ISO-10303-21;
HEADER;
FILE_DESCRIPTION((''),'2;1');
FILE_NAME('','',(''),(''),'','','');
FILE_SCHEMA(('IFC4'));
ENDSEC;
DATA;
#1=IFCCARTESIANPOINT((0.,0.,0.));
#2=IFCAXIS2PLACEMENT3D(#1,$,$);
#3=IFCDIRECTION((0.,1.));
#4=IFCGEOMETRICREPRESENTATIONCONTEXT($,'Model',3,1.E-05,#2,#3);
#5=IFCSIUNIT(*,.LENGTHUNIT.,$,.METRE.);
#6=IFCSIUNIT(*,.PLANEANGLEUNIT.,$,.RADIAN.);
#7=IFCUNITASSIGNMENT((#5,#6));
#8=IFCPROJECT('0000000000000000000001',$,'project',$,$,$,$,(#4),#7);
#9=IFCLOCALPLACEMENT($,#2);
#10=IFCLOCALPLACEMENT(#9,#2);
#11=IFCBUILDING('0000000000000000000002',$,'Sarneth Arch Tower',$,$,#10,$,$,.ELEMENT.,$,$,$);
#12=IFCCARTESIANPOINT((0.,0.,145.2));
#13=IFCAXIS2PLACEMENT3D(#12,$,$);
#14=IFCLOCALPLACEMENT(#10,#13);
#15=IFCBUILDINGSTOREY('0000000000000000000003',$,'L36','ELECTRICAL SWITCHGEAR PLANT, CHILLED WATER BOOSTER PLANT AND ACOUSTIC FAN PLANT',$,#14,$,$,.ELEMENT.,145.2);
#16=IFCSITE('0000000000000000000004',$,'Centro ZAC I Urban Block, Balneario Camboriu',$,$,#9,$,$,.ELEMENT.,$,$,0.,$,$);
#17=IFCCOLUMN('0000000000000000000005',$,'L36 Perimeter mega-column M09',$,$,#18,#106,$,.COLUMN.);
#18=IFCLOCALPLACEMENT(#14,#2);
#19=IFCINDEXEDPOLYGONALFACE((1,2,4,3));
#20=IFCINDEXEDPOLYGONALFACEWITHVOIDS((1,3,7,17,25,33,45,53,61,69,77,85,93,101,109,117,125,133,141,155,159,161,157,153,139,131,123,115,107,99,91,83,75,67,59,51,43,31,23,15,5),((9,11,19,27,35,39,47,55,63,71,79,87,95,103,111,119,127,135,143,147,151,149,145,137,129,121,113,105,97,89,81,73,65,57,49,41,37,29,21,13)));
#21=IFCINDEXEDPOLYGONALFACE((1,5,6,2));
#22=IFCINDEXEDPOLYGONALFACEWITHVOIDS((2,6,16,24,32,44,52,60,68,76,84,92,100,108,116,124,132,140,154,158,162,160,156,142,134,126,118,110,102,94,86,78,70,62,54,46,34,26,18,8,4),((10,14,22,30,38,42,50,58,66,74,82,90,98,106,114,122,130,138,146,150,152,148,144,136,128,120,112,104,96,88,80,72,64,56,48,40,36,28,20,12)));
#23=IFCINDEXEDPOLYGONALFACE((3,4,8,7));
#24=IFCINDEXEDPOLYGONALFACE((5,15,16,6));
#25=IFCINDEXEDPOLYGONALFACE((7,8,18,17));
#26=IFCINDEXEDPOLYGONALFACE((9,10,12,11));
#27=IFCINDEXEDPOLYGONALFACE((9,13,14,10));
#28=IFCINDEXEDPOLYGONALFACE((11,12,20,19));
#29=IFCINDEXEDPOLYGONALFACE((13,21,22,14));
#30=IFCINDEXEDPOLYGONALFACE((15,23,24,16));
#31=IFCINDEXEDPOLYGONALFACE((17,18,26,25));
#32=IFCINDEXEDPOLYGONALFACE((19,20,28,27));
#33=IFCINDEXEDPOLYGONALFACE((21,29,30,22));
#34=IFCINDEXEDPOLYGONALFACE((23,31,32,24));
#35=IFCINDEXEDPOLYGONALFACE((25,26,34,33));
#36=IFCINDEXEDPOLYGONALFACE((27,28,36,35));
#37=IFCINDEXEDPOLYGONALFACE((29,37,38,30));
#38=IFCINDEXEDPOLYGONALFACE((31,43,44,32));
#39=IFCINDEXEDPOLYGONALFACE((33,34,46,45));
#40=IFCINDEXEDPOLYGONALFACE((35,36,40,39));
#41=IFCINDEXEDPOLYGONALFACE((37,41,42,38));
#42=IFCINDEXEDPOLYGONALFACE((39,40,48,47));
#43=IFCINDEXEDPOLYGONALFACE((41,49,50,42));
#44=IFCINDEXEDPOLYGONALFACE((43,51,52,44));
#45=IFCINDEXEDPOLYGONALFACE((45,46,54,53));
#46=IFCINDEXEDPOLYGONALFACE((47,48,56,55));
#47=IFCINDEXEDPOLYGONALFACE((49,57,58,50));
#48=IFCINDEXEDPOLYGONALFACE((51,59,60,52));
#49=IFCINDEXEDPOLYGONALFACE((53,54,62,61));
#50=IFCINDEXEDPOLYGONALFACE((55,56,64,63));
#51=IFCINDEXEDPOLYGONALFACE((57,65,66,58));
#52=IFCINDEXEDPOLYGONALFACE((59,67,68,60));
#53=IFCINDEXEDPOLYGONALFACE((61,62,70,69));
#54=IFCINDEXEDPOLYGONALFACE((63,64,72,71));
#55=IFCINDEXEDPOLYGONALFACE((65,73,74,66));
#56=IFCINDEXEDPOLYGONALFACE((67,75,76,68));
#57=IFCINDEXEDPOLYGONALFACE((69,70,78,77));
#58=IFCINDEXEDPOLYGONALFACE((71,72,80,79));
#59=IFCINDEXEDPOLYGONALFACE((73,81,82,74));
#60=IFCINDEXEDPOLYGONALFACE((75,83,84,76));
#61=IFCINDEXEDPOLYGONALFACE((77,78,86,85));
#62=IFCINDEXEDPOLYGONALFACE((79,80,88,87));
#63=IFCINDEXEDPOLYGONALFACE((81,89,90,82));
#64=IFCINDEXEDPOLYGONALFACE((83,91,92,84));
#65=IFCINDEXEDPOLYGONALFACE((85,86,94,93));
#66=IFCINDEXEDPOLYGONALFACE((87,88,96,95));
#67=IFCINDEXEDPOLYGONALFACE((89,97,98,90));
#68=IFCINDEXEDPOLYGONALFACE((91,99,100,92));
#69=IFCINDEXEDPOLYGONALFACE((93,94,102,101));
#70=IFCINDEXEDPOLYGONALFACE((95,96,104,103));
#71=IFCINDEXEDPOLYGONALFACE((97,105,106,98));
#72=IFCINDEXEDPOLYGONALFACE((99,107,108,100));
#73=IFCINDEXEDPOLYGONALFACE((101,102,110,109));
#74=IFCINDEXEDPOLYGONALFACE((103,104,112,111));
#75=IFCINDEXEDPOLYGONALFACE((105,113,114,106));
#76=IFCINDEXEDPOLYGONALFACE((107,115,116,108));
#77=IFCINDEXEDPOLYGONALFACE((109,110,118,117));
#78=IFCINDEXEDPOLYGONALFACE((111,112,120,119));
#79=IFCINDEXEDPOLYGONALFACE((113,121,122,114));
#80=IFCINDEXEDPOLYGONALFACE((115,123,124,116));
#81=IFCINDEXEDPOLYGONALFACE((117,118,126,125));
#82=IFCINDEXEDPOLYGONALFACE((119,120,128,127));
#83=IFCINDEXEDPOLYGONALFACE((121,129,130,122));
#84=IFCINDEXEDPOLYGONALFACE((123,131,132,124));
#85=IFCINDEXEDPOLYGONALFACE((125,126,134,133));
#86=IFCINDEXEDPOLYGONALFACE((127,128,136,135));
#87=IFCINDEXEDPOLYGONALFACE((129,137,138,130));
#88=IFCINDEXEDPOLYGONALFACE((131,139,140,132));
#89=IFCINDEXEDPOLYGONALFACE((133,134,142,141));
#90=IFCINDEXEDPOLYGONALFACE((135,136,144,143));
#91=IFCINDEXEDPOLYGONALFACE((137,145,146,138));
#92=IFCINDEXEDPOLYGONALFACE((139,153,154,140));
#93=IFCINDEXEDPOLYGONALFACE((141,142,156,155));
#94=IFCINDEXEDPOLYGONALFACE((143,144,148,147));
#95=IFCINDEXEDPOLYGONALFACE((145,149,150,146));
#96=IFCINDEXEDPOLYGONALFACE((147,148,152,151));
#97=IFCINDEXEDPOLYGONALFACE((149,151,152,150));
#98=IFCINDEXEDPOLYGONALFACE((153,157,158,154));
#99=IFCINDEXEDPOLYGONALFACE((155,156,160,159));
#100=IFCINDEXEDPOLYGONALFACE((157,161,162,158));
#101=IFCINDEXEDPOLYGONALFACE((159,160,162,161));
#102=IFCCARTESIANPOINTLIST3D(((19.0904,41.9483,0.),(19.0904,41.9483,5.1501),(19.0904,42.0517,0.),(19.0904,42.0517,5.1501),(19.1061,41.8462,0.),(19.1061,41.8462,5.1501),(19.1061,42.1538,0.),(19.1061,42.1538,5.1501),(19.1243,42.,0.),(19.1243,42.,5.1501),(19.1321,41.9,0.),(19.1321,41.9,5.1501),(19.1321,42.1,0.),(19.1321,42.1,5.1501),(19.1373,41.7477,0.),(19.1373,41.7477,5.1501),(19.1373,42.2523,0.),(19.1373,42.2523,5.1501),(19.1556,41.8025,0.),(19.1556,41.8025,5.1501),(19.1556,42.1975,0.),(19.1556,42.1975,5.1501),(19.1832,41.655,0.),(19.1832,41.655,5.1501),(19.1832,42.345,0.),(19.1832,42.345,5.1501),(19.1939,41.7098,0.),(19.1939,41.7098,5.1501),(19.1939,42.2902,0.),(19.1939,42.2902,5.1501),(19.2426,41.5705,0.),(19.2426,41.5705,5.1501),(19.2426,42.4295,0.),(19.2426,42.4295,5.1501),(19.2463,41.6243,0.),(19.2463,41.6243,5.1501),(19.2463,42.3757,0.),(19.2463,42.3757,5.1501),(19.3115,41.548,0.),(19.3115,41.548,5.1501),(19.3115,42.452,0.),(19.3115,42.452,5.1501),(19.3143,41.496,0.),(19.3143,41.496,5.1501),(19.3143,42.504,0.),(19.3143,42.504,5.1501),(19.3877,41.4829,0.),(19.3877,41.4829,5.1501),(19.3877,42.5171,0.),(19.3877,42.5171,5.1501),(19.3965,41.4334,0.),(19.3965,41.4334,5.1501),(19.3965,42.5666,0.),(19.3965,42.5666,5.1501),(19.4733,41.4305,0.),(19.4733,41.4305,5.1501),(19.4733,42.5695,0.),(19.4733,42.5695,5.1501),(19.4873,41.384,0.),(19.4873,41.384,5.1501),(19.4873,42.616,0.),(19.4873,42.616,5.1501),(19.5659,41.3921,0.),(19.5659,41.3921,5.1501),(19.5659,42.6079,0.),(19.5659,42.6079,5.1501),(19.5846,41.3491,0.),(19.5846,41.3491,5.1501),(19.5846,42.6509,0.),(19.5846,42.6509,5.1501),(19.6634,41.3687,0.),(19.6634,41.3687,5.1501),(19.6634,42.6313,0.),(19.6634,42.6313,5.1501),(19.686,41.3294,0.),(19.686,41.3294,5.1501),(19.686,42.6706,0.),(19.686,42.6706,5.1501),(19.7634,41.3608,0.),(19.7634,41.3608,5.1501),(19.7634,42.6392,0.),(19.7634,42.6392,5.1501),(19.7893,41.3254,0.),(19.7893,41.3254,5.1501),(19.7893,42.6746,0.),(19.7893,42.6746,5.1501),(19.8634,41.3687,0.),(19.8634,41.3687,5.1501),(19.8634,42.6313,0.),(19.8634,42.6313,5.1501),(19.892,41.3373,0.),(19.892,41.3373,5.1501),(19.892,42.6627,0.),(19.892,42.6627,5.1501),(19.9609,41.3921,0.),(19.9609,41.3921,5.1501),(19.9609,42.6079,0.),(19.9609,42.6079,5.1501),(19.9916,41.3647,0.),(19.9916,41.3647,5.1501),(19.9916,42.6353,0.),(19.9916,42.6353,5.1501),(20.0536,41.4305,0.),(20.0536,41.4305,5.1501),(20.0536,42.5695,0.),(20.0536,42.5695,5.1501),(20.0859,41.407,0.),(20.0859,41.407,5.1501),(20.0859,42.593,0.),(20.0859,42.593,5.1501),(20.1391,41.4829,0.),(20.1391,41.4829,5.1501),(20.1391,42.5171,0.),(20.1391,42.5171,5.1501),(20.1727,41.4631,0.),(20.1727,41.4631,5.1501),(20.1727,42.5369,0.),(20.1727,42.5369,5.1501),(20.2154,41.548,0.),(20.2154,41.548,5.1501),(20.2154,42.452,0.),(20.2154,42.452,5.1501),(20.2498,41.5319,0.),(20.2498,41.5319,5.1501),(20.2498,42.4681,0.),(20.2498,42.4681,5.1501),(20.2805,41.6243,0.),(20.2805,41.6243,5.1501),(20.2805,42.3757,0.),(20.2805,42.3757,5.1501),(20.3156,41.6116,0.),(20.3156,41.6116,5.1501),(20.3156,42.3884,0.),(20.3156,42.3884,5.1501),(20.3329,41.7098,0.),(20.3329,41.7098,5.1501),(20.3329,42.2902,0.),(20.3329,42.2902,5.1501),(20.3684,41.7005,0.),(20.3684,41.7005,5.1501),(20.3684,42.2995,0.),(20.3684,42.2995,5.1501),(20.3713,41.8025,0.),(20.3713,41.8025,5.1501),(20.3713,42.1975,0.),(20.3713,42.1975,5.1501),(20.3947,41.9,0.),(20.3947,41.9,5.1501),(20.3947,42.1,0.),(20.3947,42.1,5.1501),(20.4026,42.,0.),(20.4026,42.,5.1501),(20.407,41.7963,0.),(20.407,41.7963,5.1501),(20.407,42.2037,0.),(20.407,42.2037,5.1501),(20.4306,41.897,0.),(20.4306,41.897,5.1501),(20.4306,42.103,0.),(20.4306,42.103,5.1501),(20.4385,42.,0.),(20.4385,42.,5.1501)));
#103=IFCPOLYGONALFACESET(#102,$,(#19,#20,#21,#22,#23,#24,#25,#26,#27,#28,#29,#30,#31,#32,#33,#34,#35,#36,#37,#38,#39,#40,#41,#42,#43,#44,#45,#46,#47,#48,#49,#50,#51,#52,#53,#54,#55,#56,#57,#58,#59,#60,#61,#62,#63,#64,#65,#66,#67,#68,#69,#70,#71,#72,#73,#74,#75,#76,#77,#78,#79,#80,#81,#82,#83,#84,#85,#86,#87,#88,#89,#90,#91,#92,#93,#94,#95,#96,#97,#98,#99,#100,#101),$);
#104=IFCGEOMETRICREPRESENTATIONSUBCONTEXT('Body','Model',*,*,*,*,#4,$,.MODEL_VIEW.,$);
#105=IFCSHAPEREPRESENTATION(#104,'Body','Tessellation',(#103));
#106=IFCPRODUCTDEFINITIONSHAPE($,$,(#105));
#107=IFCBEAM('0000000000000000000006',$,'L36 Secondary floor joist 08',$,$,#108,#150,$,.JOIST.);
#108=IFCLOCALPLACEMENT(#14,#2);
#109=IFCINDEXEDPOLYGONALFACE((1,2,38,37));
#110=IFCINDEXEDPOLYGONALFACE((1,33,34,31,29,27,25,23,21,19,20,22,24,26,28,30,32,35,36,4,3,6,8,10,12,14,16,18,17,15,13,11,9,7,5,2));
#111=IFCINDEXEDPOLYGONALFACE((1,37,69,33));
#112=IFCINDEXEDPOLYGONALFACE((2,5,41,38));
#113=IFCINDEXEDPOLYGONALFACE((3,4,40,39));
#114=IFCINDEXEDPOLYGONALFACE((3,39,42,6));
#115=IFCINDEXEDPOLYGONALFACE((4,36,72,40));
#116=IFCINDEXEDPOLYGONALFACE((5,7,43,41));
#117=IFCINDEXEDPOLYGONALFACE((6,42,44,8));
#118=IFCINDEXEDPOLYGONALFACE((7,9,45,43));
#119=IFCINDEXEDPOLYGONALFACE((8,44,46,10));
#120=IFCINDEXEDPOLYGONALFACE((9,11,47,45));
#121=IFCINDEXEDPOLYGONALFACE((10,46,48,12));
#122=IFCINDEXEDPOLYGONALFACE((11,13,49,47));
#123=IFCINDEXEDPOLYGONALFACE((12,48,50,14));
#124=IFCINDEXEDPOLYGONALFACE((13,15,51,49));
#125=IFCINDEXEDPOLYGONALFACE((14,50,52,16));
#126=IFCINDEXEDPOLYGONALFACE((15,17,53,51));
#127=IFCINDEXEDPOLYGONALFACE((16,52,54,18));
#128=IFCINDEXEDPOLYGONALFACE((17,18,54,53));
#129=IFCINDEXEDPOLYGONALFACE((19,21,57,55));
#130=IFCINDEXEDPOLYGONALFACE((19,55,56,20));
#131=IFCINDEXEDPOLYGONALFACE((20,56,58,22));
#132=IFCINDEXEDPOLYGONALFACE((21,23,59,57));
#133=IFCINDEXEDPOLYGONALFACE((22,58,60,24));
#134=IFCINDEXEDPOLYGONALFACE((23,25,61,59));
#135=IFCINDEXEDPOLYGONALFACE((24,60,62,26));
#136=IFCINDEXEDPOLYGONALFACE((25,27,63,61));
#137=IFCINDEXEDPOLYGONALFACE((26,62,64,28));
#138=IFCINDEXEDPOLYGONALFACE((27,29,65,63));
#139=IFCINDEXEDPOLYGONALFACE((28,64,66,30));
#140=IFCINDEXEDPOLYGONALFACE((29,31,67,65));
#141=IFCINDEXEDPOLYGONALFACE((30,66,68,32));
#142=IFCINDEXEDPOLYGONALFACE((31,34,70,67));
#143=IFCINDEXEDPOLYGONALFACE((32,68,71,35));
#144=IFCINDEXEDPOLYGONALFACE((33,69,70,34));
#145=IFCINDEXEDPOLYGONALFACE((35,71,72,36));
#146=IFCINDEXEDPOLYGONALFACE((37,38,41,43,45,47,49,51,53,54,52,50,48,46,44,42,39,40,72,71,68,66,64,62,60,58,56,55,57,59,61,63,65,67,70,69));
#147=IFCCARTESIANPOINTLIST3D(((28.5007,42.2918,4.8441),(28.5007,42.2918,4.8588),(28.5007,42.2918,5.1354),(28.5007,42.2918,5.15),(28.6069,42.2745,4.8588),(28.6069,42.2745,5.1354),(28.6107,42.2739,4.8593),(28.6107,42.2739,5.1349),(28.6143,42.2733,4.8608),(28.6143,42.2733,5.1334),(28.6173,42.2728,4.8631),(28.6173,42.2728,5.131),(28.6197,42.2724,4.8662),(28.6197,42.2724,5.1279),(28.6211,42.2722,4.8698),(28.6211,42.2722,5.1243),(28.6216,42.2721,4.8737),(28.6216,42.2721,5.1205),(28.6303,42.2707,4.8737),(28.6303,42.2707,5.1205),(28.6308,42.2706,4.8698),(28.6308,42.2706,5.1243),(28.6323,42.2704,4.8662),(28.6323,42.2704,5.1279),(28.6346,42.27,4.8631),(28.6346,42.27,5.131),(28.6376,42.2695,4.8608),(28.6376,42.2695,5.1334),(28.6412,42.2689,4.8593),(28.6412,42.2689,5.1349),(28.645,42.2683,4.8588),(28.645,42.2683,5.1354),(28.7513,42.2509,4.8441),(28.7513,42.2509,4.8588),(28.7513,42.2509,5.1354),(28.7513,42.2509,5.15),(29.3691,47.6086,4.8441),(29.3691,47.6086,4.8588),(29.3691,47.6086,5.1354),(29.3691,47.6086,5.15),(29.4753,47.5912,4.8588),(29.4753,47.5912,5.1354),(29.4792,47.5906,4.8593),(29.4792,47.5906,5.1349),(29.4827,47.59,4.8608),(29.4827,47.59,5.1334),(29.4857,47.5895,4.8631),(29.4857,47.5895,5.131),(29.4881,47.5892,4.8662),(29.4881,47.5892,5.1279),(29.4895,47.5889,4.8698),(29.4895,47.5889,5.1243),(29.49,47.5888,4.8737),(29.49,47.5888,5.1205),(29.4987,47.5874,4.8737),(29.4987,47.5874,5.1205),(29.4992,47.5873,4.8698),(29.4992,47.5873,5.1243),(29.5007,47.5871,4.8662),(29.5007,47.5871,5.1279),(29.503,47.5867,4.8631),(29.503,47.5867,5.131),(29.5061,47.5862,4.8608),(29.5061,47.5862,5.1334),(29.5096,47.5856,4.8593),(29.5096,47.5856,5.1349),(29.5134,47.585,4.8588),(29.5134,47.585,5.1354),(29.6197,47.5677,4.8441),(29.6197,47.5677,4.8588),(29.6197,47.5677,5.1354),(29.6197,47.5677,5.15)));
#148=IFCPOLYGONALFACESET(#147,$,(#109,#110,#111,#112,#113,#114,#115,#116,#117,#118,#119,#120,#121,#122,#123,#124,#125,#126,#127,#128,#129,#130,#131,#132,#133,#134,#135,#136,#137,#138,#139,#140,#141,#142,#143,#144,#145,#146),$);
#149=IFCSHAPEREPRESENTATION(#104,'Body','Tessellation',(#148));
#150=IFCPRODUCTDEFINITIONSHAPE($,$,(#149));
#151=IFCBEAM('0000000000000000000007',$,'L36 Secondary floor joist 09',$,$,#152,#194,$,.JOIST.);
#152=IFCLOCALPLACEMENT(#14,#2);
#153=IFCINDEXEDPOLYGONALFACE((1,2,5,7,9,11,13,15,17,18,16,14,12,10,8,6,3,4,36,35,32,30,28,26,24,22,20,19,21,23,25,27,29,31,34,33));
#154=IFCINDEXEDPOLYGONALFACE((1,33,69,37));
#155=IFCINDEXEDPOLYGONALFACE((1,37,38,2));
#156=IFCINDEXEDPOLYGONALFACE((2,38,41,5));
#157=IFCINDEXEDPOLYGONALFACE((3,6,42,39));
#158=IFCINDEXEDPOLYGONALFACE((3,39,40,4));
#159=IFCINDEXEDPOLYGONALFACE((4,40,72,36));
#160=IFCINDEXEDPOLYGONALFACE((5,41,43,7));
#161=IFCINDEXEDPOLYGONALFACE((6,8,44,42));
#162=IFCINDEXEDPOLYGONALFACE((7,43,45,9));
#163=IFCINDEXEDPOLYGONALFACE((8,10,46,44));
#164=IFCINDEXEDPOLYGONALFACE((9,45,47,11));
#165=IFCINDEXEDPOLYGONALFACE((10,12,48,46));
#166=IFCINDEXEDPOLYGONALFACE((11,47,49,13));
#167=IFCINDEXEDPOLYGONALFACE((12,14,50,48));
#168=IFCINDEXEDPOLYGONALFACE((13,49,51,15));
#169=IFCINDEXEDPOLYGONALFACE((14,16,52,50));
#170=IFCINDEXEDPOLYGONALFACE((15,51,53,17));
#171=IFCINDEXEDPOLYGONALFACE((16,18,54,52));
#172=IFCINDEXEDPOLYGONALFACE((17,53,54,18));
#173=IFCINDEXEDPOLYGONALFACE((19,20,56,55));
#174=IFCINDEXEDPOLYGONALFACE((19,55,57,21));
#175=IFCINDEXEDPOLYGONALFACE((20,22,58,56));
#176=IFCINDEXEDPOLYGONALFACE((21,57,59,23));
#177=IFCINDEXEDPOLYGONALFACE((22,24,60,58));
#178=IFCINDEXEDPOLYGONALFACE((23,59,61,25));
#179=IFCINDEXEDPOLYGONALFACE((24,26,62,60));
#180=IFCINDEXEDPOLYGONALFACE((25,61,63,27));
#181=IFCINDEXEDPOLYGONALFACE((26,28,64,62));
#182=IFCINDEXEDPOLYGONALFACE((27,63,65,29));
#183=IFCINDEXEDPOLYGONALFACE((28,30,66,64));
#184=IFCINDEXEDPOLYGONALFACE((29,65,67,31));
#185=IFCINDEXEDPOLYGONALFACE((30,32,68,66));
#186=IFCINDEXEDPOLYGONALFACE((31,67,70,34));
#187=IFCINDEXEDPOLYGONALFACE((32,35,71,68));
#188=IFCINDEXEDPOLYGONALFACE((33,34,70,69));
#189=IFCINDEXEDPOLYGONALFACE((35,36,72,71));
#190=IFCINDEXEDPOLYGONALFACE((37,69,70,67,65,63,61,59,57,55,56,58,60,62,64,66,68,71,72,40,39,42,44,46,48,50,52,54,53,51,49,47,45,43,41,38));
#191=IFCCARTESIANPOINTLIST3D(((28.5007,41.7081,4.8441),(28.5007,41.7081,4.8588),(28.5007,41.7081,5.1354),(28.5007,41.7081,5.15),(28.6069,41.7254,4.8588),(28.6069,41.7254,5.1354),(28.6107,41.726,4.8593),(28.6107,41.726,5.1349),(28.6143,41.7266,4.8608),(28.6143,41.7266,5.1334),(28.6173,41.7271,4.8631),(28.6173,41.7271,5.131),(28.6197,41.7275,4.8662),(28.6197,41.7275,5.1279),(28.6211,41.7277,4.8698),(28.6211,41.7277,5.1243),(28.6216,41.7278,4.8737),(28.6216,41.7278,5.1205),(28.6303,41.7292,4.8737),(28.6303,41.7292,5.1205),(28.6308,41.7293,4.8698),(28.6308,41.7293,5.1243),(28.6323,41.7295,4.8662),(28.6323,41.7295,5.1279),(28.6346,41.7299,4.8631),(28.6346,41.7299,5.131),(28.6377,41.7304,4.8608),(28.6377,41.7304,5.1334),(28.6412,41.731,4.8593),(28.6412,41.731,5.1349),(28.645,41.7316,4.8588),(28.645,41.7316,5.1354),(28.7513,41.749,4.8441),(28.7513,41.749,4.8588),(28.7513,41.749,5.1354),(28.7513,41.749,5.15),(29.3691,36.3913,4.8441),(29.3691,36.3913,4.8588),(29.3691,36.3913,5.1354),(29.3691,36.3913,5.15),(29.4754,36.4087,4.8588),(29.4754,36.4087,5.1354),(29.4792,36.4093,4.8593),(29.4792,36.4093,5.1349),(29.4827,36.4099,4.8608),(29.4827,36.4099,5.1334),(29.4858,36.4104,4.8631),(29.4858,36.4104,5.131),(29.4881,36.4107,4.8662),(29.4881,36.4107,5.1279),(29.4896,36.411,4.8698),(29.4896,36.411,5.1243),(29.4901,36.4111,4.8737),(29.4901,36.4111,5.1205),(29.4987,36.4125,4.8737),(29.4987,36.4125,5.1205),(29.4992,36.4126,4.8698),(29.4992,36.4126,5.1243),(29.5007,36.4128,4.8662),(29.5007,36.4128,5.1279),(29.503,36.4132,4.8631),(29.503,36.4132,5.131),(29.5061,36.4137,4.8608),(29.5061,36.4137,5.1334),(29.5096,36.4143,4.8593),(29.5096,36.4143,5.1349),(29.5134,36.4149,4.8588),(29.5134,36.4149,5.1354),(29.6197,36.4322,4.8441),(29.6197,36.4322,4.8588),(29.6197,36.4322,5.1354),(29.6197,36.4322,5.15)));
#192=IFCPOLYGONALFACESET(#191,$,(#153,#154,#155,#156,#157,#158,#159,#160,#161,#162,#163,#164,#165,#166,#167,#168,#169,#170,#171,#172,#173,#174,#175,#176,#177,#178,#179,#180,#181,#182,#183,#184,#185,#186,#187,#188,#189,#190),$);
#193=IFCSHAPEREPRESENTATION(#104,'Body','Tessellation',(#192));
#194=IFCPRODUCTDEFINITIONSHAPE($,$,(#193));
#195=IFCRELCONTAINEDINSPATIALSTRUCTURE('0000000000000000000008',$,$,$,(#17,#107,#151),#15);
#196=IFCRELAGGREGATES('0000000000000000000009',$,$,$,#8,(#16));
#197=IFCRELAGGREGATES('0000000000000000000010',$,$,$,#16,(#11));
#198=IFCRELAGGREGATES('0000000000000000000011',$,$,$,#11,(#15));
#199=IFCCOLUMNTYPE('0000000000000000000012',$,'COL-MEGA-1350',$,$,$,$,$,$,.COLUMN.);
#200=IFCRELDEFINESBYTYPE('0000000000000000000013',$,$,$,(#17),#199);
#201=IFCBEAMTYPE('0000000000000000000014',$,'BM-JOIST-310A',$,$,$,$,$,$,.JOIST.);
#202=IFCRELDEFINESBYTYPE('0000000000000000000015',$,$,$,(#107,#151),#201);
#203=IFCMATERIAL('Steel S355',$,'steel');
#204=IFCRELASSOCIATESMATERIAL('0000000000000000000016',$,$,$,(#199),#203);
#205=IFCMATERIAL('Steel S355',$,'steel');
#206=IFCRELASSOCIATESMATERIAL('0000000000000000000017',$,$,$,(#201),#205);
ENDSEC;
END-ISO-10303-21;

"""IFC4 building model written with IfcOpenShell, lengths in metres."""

from ifc_helpers import new_model, si_unit, direction, frame, origin, origin_2d, place, context, subcontext, project, spatial, hollow_circle, i_section, extrude, material, material_profile, profile_set, type_object, element, save


model = new_model("IFC4")

# Units and contexts
model_context = context("Model", 3, precision=1e-05, world=origin(), true_north=direction((0.0, 1.0)))
body_context = subcontext(model_context, "Body", "Model", "MODEL_VIEW")
ifc_project = project(units=[si_unit("LENGTHUNIT", "METRE"), si_unit("PLANEANGLEUNIT", "RADIAN")], contexts=[model_context])

# Site, building, storey
site_placement = place(None, origin())
site = spatial("IfcSite", under=ifc_project, at=site_placement, Name="Centro ZAC I Urban Block, Balneario Camboriu", CompositionType="ELEMENT", RefElevation=0.0)
building_placement = place(site_placement, origin())
building = spatial("IfcBuilding", under=site, at=building_placement, Name="Sarneth Arch Tower", CompositionType="ELEMENT")
storey_placement = place(building_placement, frame((0.0, 0.0, 145.2)))
storey = spatial("IfcBuildingStorey", under=building, at=storey_placement, Name="L36", Description="ELECTRICAL SWITCHGEAR PLANT, CHILLED WATER BOOSTER PLANT AND ACOUSTIC FAN PLANT", CompositionType="ELEMENT", Elevation=145.2)

# Column
ifc_material_1 = material(Name="Steel S355", Category="steel")
ifc_material_profile_1 = material_profile(ifc_material_1, hollow_circle(Radius=0.675, WallThickness=0.0359, at=origin_2d()), Name="CHS1350x36")
ifc_profile_set_1 = profile_set([ifc_material_profile_1], Name="Steel S355")
column_type = type_object("IfcColumnType", Name="COL-MEGA-1350", PredefinedType="COLUMN", material=ifc_profile_set_1)
column_placement = place(storey_placement, frame((19.7634, 42.0, 0.0), z_axis=(0.0, 0.0, 1.0), x_axis=(1.0, 0.0, 0.0)))
element("IfcColumn", 1, at=column_placement, inside=storey, type_object=column_type, Name="L36 Perimeter mega-column M09", PredefinedType="COLUMN", context=body_context, shape_type="SweptSolid", body=[
    extrude(hollow_circle(Radius=0.675, WallThickness=0.0359, at=origin_2d()), origin(), (0.0, 0.0, 1.0), 5.1501),
])

# Beams
ifc_material_2 = material(Name="Steel S355", Category="steel")
ifc_material_profile_2 = material_profile(ifc_material_2, i_section(OverallWidth=0.2539, OverallDepth=0.3059, WebThickness=0.0088, FlangeThickness=0.0146, FilletRadius=0.0149, at=origin_2d()), Name="W310x79")
ifc_profile_set_2 = profile_set([ifc_material_profile_2], Name="Steel S355")
beam_type_1 = type_object("IfcBeamType", Name="BM-JOIST-310A", PredefinedType="JOIST", material=ifc_profile_set_2)
for number, where, z_axis, x_axis, name in (
    (2, (29.4944, 47.5881, 4.9971), (-0.161201, -0.986922, 0.0), (0.986922, -0.161201, 0.0), "L36 Secondary floor joist 08"),
    (3, (28.626, 41.7285, 4.9971), (0.161201, -0.986922, 0.0), (0.986922, 0.161201, 0.0), "L36 Secondary floor joist 09"),
):
    element("IfcBeam", number, at=place(storey_placement, frame(where, z_axis=z_axis, x_axis=x_axis)), inside=storey, type_object=beam_type_1, Name=name, PredefinedType="JOIST", context=body_context, shape_type="SweptSolid", body=[
        extrude(i_section(OverallWidth=0.2539, OverallDepth=0.3059, WebThickness=0.0088, FlangeThickness=0.0146, FilletRadius=0.0149, at=origin_2d()), origin(), (0.0, 0.0, 1.0), 5.3872),
    ])

save(model, "model.ifc")
